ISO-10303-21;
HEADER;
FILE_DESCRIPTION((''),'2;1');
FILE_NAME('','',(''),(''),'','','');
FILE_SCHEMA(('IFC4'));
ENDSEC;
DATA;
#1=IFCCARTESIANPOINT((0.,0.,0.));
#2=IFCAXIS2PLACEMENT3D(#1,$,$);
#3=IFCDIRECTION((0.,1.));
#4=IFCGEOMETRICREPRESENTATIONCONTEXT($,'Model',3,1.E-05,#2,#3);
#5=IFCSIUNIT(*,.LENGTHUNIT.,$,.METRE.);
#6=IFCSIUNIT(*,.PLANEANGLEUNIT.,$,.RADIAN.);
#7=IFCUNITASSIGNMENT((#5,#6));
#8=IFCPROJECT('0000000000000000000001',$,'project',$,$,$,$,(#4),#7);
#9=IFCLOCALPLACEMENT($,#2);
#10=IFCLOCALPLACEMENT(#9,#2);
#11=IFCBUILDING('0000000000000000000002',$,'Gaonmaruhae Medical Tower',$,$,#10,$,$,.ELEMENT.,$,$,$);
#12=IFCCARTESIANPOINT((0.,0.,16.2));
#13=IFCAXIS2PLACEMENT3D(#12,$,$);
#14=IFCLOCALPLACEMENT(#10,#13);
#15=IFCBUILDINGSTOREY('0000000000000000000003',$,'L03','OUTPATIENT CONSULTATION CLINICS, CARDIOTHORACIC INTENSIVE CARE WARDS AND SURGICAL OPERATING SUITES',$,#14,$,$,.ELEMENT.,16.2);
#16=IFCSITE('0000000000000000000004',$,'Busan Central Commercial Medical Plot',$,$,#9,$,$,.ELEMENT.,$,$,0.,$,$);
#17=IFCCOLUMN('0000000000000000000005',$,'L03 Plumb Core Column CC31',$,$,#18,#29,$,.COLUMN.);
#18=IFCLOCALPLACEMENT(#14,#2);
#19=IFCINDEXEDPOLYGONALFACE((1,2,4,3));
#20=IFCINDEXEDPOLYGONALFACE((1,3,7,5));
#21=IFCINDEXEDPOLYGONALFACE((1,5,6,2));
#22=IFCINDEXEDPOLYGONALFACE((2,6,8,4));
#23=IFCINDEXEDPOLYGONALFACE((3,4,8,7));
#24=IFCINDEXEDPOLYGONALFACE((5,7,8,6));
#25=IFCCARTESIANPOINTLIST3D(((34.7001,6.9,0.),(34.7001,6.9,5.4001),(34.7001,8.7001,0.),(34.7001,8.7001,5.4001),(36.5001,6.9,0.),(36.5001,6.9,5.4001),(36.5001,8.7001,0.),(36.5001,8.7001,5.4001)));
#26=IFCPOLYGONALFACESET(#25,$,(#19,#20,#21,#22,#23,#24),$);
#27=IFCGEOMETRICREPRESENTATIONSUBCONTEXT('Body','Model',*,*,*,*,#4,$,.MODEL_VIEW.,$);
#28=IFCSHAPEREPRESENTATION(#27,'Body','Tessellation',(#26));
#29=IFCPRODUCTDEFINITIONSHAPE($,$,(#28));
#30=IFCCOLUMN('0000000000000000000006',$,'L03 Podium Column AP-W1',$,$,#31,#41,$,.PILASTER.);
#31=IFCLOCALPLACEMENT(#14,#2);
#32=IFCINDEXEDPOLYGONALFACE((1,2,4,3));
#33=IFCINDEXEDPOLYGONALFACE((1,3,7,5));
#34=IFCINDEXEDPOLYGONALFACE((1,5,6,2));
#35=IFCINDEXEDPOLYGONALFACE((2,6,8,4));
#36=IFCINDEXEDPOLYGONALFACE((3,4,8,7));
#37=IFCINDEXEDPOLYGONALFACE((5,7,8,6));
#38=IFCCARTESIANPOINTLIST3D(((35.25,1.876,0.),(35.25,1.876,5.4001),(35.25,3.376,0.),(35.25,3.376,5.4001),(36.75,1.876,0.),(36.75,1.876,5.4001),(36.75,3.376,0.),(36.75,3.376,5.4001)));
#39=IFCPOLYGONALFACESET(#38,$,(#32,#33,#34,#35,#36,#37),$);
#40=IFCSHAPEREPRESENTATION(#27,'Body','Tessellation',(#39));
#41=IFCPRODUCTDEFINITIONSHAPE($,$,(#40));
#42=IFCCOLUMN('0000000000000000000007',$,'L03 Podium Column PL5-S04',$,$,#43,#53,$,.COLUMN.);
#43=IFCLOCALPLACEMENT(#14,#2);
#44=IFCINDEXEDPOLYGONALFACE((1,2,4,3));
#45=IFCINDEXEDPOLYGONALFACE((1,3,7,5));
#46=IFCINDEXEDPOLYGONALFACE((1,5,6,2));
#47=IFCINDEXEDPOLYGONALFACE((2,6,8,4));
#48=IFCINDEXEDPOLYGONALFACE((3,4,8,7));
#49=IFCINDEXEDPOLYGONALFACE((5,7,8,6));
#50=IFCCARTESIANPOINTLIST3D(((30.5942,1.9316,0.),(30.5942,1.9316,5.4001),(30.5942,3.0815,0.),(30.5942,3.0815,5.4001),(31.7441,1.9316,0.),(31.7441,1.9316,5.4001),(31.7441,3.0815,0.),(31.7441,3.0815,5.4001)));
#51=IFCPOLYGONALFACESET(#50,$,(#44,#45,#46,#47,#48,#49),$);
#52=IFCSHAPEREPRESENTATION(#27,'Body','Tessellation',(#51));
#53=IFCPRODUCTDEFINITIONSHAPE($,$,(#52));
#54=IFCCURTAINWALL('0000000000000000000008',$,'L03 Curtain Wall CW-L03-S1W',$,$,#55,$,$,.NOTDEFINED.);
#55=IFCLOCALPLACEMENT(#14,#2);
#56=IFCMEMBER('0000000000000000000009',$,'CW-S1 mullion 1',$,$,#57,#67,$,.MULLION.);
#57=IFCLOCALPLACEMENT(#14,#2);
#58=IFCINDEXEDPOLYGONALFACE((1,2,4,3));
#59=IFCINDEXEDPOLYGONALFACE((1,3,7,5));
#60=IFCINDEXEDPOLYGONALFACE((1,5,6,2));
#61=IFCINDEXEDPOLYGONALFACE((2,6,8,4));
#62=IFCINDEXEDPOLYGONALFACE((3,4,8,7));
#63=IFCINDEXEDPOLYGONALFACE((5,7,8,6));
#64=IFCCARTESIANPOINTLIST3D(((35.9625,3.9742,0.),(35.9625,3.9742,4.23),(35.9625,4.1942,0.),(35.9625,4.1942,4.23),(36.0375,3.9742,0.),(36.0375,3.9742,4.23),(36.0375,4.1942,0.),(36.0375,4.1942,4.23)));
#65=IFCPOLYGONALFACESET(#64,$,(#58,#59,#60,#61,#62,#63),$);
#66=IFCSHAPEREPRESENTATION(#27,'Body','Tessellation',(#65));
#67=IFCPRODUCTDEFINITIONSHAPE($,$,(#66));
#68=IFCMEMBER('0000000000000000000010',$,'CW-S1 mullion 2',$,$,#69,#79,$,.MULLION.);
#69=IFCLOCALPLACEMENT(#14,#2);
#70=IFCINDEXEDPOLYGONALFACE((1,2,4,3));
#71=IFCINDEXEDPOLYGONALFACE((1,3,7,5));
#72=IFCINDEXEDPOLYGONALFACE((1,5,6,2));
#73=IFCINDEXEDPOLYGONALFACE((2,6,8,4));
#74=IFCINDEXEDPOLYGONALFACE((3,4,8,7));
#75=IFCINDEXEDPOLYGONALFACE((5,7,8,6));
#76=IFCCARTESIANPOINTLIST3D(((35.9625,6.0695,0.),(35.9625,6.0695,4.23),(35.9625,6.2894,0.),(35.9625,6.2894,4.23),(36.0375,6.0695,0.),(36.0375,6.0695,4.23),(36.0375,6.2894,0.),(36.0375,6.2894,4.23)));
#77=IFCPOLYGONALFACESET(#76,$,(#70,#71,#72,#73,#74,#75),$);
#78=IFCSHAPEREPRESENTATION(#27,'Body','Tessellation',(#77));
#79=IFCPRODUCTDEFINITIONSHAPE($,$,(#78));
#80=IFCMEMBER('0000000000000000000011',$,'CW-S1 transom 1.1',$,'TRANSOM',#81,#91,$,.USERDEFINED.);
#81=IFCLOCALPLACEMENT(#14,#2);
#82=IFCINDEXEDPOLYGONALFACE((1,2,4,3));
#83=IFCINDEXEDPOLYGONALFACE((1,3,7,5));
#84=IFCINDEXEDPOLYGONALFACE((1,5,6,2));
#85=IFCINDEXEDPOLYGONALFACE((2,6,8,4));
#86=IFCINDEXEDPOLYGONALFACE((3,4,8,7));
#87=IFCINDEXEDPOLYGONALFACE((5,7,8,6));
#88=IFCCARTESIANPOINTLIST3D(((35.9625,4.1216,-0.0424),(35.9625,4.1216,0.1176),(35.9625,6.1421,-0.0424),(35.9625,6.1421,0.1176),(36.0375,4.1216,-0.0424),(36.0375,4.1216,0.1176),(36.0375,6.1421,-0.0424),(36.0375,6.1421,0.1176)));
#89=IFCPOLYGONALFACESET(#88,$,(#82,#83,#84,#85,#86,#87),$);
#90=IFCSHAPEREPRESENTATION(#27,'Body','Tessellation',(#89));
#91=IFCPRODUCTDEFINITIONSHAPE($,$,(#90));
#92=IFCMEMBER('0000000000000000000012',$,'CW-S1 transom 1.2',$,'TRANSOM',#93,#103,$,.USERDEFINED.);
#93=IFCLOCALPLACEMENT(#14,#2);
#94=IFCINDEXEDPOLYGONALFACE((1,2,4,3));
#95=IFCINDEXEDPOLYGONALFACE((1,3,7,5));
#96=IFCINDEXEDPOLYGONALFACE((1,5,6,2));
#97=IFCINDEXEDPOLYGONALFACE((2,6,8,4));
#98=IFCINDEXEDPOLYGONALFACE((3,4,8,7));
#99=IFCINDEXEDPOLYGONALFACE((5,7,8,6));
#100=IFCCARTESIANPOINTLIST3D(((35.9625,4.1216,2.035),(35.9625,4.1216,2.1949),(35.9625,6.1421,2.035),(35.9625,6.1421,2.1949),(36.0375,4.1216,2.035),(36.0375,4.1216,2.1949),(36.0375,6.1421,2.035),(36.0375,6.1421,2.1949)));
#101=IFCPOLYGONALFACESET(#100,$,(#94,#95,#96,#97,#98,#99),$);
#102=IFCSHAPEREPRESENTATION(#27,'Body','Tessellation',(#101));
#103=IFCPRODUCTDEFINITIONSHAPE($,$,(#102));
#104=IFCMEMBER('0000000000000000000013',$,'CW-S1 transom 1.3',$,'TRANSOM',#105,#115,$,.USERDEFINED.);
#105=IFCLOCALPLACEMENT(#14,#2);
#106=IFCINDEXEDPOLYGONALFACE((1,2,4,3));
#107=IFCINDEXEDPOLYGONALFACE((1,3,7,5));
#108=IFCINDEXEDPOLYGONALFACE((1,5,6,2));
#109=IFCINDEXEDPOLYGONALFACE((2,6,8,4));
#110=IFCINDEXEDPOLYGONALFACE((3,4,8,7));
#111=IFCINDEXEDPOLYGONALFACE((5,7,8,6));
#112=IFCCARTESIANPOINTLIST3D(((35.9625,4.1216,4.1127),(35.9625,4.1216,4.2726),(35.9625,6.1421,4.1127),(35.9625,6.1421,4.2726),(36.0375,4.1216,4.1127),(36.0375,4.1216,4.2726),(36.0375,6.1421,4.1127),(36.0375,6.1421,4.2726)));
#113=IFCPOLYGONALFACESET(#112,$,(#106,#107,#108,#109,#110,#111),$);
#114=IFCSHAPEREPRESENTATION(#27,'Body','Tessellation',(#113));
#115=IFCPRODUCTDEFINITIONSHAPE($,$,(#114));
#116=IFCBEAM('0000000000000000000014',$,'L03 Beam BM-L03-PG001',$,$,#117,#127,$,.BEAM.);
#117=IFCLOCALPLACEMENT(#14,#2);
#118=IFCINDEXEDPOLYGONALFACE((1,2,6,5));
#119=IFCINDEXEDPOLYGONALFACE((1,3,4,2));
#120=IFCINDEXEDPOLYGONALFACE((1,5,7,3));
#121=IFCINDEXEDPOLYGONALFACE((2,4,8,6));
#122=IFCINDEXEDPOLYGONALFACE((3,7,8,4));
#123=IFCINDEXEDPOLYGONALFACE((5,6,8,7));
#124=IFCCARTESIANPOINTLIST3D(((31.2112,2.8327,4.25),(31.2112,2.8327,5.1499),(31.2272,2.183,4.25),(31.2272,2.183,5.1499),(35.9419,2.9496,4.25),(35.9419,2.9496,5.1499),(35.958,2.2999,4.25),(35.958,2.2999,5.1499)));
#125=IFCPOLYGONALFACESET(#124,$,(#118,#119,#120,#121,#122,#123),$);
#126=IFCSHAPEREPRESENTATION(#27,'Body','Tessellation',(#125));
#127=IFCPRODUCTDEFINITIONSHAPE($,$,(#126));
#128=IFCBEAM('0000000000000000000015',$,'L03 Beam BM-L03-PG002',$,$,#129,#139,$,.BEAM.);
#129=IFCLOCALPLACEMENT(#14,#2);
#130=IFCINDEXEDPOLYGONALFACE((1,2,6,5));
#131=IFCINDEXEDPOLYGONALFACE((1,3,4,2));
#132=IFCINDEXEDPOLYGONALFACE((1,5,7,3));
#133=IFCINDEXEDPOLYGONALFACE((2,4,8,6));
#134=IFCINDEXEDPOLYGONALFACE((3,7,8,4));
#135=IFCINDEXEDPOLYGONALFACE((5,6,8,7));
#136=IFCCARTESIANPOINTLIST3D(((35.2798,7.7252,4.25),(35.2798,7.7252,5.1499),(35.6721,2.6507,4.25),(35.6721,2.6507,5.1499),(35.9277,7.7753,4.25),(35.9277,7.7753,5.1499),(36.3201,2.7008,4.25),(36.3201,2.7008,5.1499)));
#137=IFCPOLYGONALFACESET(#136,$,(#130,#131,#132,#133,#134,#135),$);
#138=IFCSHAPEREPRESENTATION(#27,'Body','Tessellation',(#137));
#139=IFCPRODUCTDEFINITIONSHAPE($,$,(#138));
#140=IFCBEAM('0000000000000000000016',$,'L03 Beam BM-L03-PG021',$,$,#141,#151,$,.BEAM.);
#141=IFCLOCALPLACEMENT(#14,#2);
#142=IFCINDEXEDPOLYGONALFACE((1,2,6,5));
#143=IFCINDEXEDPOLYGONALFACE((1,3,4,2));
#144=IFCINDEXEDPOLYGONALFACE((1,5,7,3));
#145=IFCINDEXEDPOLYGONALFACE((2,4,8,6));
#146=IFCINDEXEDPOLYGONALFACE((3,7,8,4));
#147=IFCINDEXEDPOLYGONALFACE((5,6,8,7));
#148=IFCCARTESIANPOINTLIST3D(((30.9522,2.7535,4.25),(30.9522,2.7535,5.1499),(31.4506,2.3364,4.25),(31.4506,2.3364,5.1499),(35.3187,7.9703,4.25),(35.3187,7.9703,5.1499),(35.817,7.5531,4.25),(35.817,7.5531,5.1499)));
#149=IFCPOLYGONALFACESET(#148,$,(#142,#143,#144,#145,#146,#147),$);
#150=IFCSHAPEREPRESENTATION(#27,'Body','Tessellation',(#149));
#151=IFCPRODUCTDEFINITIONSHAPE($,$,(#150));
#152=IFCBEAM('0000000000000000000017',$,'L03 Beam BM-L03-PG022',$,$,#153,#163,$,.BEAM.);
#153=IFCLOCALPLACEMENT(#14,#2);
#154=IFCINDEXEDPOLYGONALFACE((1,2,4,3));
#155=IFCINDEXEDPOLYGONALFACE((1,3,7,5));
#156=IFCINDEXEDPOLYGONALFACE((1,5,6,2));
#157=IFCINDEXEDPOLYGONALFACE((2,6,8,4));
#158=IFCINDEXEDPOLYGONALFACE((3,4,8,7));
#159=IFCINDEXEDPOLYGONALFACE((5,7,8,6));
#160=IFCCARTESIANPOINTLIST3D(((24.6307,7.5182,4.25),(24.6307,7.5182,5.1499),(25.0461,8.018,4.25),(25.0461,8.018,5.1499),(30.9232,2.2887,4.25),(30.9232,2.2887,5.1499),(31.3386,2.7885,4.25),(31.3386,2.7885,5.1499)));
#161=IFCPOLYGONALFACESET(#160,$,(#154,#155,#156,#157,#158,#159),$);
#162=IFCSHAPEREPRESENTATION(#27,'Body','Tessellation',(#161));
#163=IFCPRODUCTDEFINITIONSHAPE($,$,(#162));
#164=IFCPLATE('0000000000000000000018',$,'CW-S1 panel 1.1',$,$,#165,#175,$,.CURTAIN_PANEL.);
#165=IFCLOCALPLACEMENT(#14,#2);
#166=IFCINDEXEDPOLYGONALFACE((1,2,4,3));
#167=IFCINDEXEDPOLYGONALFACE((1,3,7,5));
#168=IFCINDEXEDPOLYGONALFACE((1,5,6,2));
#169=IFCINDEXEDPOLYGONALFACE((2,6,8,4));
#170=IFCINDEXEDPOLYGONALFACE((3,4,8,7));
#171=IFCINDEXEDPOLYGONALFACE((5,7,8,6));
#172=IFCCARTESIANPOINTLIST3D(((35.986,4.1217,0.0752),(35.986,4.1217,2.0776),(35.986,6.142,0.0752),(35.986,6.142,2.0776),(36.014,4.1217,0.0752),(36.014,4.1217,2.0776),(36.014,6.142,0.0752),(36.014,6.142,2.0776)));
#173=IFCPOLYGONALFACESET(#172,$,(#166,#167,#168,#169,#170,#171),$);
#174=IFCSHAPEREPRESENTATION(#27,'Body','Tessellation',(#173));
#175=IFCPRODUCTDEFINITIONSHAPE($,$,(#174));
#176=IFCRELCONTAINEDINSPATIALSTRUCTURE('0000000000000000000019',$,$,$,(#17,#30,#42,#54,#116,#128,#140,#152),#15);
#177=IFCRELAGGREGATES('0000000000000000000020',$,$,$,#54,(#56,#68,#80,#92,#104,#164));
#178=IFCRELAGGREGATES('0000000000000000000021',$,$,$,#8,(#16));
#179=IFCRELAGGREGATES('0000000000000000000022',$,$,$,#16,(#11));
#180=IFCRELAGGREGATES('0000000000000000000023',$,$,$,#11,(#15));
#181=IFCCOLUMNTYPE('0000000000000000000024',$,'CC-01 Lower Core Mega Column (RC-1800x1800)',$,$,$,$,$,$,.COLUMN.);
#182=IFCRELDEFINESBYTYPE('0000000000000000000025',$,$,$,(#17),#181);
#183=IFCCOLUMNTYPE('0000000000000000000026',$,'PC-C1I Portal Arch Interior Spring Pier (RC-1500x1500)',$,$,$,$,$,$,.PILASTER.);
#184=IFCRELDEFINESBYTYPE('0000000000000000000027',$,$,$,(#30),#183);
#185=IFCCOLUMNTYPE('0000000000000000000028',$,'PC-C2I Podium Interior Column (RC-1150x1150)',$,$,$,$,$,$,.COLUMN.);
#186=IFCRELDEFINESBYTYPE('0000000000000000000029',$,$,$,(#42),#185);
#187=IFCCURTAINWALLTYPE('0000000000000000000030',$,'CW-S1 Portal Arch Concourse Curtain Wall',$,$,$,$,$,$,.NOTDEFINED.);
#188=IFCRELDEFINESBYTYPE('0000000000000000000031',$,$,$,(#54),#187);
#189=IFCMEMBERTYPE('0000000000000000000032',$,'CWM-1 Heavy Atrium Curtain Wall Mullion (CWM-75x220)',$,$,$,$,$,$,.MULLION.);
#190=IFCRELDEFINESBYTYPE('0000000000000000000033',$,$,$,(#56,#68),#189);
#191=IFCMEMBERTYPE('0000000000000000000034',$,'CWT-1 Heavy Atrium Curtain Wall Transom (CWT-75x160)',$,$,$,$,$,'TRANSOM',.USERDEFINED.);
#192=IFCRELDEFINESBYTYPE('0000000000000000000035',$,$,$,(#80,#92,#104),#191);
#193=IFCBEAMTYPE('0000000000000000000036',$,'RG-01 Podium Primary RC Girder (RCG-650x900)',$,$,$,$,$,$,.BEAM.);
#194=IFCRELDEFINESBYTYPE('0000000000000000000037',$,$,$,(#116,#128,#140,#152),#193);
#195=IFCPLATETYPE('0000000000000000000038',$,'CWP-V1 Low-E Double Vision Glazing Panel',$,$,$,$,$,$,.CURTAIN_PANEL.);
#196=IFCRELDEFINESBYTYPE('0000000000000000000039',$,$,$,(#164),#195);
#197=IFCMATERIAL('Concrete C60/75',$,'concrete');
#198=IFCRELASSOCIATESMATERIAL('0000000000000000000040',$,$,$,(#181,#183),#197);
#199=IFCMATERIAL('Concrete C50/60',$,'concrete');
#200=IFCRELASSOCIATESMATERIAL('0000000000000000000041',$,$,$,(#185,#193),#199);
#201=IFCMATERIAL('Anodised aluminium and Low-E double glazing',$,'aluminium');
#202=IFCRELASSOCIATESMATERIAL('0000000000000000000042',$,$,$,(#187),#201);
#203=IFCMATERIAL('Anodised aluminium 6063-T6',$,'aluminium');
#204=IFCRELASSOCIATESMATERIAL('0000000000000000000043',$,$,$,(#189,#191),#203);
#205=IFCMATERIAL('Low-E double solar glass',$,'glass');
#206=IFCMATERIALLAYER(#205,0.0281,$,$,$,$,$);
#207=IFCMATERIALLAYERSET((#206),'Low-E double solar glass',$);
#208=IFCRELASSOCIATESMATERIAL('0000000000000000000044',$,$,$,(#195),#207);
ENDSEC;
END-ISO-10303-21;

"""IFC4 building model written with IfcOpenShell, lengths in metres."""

from ifc_helpers import new_model, si_unit, direction, frame, origin, origin_2d, place, context, subcontext, project, spatial, rectangle, extrude, material, layer, layer_set, material_profile, profile_set, type_object, element, aggregate, save


model = new_model("IFC4")

# Units and contexts
model_context = context("Model", 3, precision=1e-05, world=origin(), true_north=direction((0.0, 1.0)))
body_context = subcontext(model_context, "Body", "Model", "MODEL_VIEW")
ifc_project = project(units=[si_unit("LENGTHUNIT", "METRE"), si_unit("PLANEANGLEUNIT", "RADIAN")], contexts=[model_context])

# Site, building, storey
site_placement = place(None, origin())
site = spatial("IfcSite", under=ifc_project, at=site_placement, Name="Busan Central Commercial Medical Plot", CompositionType="ELEMENT", RefElevation=0.0)
building_placement = place(site_placement, origin())
building = spatial("IfcBuilding", under=site, at=building_placement, Name="Gaonmaruhae Medical Tower", CompositionType="ELEMENT")
storey_placement = place(building_placement, frame((0.0, 0.0, 16.2)))
storey = spatial("IfcBuildingStorey", under=building, at=storey_placement, Name="L03", Description="OUTPATIENT CONSULTATION CLINICS, CARDIOTHORACIC INTENSIVE CARE WARDS AND SURGICAL OPERATING SUITES", CompositionType="ELEMENT", Elevation=16.2)

# Columns
ifc_material_1 = material(Name="Concrete C60/75", Category="concrete")
ifc_material_profile_1 = material_profile(ifc_material_1, rectangle(XDim=1.8, YDim=1.8, at=origin_2d()), Name="RC-1800x1800")
ifc_profile_set_1 = profile_set([ifc_material_profile_1], Name="Concrete C60/75")
column_type_1 = type_object("IfcColumnType", Name="CC-01 Lower Core Mega Column (RC-1800x1800)", PredefinedType="COLUMN", material=ifc_profile_set_1)
column_1_placement = place(storey_placement, frame((35.6001, 7.8, 0.0), z_axis=(0.0, 0.0, 1.0), x_axis=(1.0, 0.0, 0.0)))
element("IfcColumn", 1, at=column_1_placement, inside=storey, type_object=column_type_1, Name="L03 Plumb Core Column CC31", PredefinedType="COLUMN", context=body_context, shape_type="SweptSolid", body=[
    extrude(rectangle(XDim=1.8, YDim=1.8, at=origin_2d()), origin(), (0.0, 0.0, 1.0), 5.4001),
])
ifc_material_profile_2 = material_profile(ifc_material_1, rectangle(XDim=1.5, YDim=1.5, at=origin_2d()), Name="RC-1500x1500")
ifc_profile_set_2 = profile_set([ifc_material_profile_2], Name="Concrete C60/75")
column_type_2 = type_object("IfcColumnType", Name="PC-C1I Portal Arch Interior Spring Pier (RC-1500x1500)", PredefinedType="PILASTER", material=ifc_profile_set_2)
column_2_placement = place(storey_placement, frame((36.0, 2.626, 0.0), z_axis=(0.0, 0.0, 1.0), x_axis=(1.0, 0.0, 0.0)))
element("IfcColumn", 2, at=column_2_placement, inside=storey, type_object=column_type_2, Name="L03 Podium Column AP-W1", PredefinedType="PILASTER", context=body_context, shape_type="SweptSolid", body=[
    extrude(rectangle(XDim=1.5, YDim=1.5, at=origin_2d()), origin(), (0.0, 0.0, 1.0), 5.4001),
])
ifc_material_2 = material(Name="Concrete C50/60", Category="concrete")
ifc_material_profile_3 = material_profile(ifc_material_2, rectangle(XDim=1.1499, YDim=1.1499, at=origin_2d()), Name="RC-1150x1150")
ifc_profile_set_3 = profile_set([ifc_material_profile_3], Name="Concrete C50/60")
column_type_3 = type_object("IfcColumnType", Name="PC-C2I Podium Interior Column (RC-1150x1150)", PredefinedType="COLUMN", material=ifc_profile_set_3)
column_3_placement = place(storey_placement, frame((31.1692, 2.5066, 0.0), z_axis=(0.0, 0.0, 1.0), x_axis=(1.0, 0.0, 0.0)))
element("IfcColumn", 3, at=column_3_placement, inside=storey, type_object=column_type_3, Name="L03 Podium Column PL5-S04", PredefinedType="COLUMN", context=body_context, shape_type="SweptSolid", body=[
    extrude(rectangle(XDim=1.1499, YDim=1.1499, at=origin_2d()), origin(), (0.0, 0.0, 1.0), 5.4001),
])

# Curtain wall, members
ifc_material_3 = material(Name="Anodised aluminium and Low-E double glazing", Category="aluminium")
curtain_wall_type = type_object("IfcCurtainWallType", Name="CW-S1 Portal Arch Concourse Curtain Wall", PredefinedType="NOTDEFINED", material=ifc_material_3)
curtain_wall_placement = place(storey_placement, origin())
curtain_wall = element("IfcCurtainWall", 4, at=curtain_wall_placement, inside=storey, type_object=curtain_wall_type, Name="L03 Curtain Wall CW-L03-S1W", PredefinedType="NOTDEFINED")
ifc_material_4 = material(Name="Anodised aluminium 6063-T6", Category="aluminium")
ifc_material_profile_4 = material_profile(ifc_material_4, rectangle(XDim=0.075, YDim=0.22, at=origin_2d()), Name="CWM-75x220")
ifc_profile_set_4 = profile_set([ifc_material_profile_4], Name="Anodised aluminium 6063-T6")
member_type_1 = type_object("IfcMemberType", Name="CWM-1 Heavy Atrium Curtain Wall Mullion (CWM-75x220)", PredefinedType="MULLION", material=ifc_profile_set_4)
member_1_placement = place(storey_placement, frame((36.0, 4.0842, 0.0), z_axis=(0.0, 0.0, 1.0), x_axis=(-1.0, 0.0, 0.0)))
member_1 = element("IfcMember", 5, at=member_1_placement, type_object=member_type_1, Name="CW-S1 mullion 1", PredefinedType="MULLION", context=body_context, shape_type="SweptSolid", body=[
    extrude(rectangle(XDim=0.075, YDim=0.22, at=origin_2d()), origin(), (0.0, 0.0, 1.0), 4.23),
])
member_2_placement = place(storey_placement, frame((36.0, 6.1794, 0.0), z_axis=(0.0, 0.0, 1.0), x_axis=(-1.0, 0.0, 0.0)))
member_2 = element("IfcMember", 6, at=member_2_placement, type_object=member_type_1, Name="CW-S1 mullion 2", PredefinedType="MULLION", context=body_context, shape_type="SweptSolid", body=[
    extrude(rectangle(XDim=0.075, YDim=0.22, at=origin_2d()), origin(), (0.0, 0.0, 1.0), 4.23),
])
ifc_material_profile_5 = material_profile(ifc_material_4, rectangle(XDim=0.075, YDim=0.1599, at=origin_2d()), Name="CWT-75x160")
ifc_profile_set_5 = profile_set([ifc_material_profile_5], Name="Anodised aluminium 6063-T6")
member_type_2 = type_object("IfcMemberType", Name="CWT-1 Heavy Atrium Curtain Wall Transom (CWT-75x160)", ElementType="TRANSOM", PredefinedType="USERDEFINED", material=ifc_profile_set_5)
member_3_placement = place(storey_placement, frame((36.0, 4.1216, 0.0376), z_axis=(0.0, 1.0, 0.0), x_axis=(-1.0, 0.0, 0.0)))
member_3 = element("IfcMember", 7, at=member_3_placement, type_object=member_type_2, Name="CW-S1 transom 1.1", ObjectType="TRANSOM", PredefinedType="USERDEFINED", context=body_context, shape_type="SweptSolid", body=[
    extrude(rectangle(XDim=0.075, YDim=0.1599, at=origin_2d()), origin(), (0.0, 0.0, 1.0), 2.0205),
])
member_4_placement = place(storey_placement, frame((36.0, 4.1216, 2.115), z_axis=(0.0, 1.0, 0.0), x_axis=(-1.0, 0.0, 0.0)))
member_4 = element("IfcMember", 8, at=member_4_placement, type_object=member_type_2, Name="CW-S1 transom 1.2", ObjectType="TRANSOM", PredefinedType="USERDEFINED", context=body_context, shape_type="SweptSolid", body=[
    extrude(rectangle(XDim=0.075, YDim=0.1599, at=origin_2d()), origin(), (0.0, 0.0, 1.0), 2.0205),
])
member_5_placement = place(storey_placement, frame((36.0, 4.1216, 4.1926), z_axis=(0.0, 1.0, 0.0), x_axis=(-1.0, 0.0, 0.0)))
member_5 = element("IfcMember", 9, at=member_5_placement, type_object=member_type_2, Name="CW-S1 transom 1.3", ObjectType="TRANSOM", PredefinedType="USERDEFINED", context=body_context, shape_type="SweptSolid", body=[
    extrude(rectangle(XDim=0.075, YDim=0.1599, at=origin_2d()), origin(), (0.0, 0.0, 1.0), 2.0205),
])

# Beams
ifc_material_profile_6 = material_profile(ifc_material_2, rectangle(XDim=0.6499, YDim=0.8999, at=origin_2d()), Name="RCG-650x900")
ifc_profile_set_6 = profile_set([ifc_material_profile_6], Name="Concrete C50/60")
beam_type = type_object("IfcBeamType", Name="RG-01 Podium Primary RC Girder (RCG-650x900)", PredefinedType="BEAM", material=ifc_profile_set_6)
beam_1_placement = place(storey_placement, frame((35.95, 2.6248, 4.7), z_axis=(-0.999695, -0.024712, 0.0), x_axis=(0.024712, -0.999695, 0.0)))
element("IfcBeam", 10, at=beam_1_placement, inside=storey, type_object=beam_type, Name="L03 Beam BM-L03-PG001", PredefinedType="BEAM", context=body_context, shape_type="SweptSolid", body=[
    extrude(rectangle(XDim=0.6499, YDim=0.8999, at=origin_2d()), origin(), (0.0, 0.0, 1.0), 4.7322),
])
beam_2_placement = place(storey_placement, frame((35.9961, 2.6758, 4.7), z_axis=(-0.077085, 0.997024, 0.0), x_axis=(-0.997024, -0.077085, 0.0)))
element("IfcBeam", 11, at=beam_2_placement, inside=storey, type_object=beam_type, Name="L03 Beam BM-L03-PG002", PredefinedType="BEAM", context=body_context, shape_type="SweptSolid", body=[
    extrude(rectangle(XDim=0.6499, YDim=0.8999, at=origin_2d()), origin(), (0.0, 0.0, 1.0), 5.0896),
])
beam_3_placement = place(storey_placement, frame((31.2014, 2.5449, 4.7), z_axis=(0.641842, 0.766837, 0.0), x_axis=(-0.766837, 0.641842, 0.0)))
element("IfcBeam", 12, at=beam_3_placement, inside=storey, type_object=beam_type, Name="L03 Beam BM-L03-PG021", PredefinedType="BEAM", context=body_context, shape_type="SweptSolid", body=[
    extrude(rectangle(XDim=0.6499, YDim=0.8999, at=origin_2d()), origin(), (0.0, 0.0, 1.0), 6.803),
])
beam_4_placement = place(storey_placement, frame((31.1309, 2.5386, 4.7), z_axis=(-0.769077, 0.639157, 0.0), x_axis=(-0.639157, -0.769077, 0.0)))
element("IfcBeam", 13, at=beam_4_placement, inside=storey, type_object=beam_type, Name="L03 Beam BM-L03-PG022", PredefinedType="BEAM", context=body_context, shape_type="SweptSolid", body=[
    extrude(rectangle(XDim=0.6499, YDim=0.8999, at=origin_2d()), origin(), (0.0, 0.0, 1.0), 8.1819),
])

# Plate
ifc_material_5 = material(Name="Low-E double solar glass", Category="glass")
ifc_layer_1 = layer(ifc_material_5, 0.0281)
ifc_layer_set_1 = layer_set([ifc_layer_1], Name="Low-E double solar glass")
plate_type = type_object("IfcPlateType", Name="CWP-V1 Low-E Double Vision Glazing Panel", PredefinedType="CURTAIN_PANEL", material=ifc_layer_set_1)
plate_1_placement = place(storey_placement, frame((36.0, 5.1318, 0.0752), z_axis=(0.0, 0.0, 1.0), x_axis=(0.0, 1.0, 0.0)))
plate_1 = element("IfcPlate", 14, at=plate_1_placement, type_object=plate_type, Name="CW-S1 panel 1.1", PredefinedType="CURTAIN_PANEL", context=body_context, shape_type="SweptSolid", body=[
    extrude(rectangle(XDim=2.0203, YDim=0.0281, at=origin_2d()), origin(), (0.0, 0.0, 1.0), 2.0024),
])
aggregate(curtain_wall, [member_1, member_2, member_3, member_4, member_5, plate_1])

save(model, "model.ifc")
